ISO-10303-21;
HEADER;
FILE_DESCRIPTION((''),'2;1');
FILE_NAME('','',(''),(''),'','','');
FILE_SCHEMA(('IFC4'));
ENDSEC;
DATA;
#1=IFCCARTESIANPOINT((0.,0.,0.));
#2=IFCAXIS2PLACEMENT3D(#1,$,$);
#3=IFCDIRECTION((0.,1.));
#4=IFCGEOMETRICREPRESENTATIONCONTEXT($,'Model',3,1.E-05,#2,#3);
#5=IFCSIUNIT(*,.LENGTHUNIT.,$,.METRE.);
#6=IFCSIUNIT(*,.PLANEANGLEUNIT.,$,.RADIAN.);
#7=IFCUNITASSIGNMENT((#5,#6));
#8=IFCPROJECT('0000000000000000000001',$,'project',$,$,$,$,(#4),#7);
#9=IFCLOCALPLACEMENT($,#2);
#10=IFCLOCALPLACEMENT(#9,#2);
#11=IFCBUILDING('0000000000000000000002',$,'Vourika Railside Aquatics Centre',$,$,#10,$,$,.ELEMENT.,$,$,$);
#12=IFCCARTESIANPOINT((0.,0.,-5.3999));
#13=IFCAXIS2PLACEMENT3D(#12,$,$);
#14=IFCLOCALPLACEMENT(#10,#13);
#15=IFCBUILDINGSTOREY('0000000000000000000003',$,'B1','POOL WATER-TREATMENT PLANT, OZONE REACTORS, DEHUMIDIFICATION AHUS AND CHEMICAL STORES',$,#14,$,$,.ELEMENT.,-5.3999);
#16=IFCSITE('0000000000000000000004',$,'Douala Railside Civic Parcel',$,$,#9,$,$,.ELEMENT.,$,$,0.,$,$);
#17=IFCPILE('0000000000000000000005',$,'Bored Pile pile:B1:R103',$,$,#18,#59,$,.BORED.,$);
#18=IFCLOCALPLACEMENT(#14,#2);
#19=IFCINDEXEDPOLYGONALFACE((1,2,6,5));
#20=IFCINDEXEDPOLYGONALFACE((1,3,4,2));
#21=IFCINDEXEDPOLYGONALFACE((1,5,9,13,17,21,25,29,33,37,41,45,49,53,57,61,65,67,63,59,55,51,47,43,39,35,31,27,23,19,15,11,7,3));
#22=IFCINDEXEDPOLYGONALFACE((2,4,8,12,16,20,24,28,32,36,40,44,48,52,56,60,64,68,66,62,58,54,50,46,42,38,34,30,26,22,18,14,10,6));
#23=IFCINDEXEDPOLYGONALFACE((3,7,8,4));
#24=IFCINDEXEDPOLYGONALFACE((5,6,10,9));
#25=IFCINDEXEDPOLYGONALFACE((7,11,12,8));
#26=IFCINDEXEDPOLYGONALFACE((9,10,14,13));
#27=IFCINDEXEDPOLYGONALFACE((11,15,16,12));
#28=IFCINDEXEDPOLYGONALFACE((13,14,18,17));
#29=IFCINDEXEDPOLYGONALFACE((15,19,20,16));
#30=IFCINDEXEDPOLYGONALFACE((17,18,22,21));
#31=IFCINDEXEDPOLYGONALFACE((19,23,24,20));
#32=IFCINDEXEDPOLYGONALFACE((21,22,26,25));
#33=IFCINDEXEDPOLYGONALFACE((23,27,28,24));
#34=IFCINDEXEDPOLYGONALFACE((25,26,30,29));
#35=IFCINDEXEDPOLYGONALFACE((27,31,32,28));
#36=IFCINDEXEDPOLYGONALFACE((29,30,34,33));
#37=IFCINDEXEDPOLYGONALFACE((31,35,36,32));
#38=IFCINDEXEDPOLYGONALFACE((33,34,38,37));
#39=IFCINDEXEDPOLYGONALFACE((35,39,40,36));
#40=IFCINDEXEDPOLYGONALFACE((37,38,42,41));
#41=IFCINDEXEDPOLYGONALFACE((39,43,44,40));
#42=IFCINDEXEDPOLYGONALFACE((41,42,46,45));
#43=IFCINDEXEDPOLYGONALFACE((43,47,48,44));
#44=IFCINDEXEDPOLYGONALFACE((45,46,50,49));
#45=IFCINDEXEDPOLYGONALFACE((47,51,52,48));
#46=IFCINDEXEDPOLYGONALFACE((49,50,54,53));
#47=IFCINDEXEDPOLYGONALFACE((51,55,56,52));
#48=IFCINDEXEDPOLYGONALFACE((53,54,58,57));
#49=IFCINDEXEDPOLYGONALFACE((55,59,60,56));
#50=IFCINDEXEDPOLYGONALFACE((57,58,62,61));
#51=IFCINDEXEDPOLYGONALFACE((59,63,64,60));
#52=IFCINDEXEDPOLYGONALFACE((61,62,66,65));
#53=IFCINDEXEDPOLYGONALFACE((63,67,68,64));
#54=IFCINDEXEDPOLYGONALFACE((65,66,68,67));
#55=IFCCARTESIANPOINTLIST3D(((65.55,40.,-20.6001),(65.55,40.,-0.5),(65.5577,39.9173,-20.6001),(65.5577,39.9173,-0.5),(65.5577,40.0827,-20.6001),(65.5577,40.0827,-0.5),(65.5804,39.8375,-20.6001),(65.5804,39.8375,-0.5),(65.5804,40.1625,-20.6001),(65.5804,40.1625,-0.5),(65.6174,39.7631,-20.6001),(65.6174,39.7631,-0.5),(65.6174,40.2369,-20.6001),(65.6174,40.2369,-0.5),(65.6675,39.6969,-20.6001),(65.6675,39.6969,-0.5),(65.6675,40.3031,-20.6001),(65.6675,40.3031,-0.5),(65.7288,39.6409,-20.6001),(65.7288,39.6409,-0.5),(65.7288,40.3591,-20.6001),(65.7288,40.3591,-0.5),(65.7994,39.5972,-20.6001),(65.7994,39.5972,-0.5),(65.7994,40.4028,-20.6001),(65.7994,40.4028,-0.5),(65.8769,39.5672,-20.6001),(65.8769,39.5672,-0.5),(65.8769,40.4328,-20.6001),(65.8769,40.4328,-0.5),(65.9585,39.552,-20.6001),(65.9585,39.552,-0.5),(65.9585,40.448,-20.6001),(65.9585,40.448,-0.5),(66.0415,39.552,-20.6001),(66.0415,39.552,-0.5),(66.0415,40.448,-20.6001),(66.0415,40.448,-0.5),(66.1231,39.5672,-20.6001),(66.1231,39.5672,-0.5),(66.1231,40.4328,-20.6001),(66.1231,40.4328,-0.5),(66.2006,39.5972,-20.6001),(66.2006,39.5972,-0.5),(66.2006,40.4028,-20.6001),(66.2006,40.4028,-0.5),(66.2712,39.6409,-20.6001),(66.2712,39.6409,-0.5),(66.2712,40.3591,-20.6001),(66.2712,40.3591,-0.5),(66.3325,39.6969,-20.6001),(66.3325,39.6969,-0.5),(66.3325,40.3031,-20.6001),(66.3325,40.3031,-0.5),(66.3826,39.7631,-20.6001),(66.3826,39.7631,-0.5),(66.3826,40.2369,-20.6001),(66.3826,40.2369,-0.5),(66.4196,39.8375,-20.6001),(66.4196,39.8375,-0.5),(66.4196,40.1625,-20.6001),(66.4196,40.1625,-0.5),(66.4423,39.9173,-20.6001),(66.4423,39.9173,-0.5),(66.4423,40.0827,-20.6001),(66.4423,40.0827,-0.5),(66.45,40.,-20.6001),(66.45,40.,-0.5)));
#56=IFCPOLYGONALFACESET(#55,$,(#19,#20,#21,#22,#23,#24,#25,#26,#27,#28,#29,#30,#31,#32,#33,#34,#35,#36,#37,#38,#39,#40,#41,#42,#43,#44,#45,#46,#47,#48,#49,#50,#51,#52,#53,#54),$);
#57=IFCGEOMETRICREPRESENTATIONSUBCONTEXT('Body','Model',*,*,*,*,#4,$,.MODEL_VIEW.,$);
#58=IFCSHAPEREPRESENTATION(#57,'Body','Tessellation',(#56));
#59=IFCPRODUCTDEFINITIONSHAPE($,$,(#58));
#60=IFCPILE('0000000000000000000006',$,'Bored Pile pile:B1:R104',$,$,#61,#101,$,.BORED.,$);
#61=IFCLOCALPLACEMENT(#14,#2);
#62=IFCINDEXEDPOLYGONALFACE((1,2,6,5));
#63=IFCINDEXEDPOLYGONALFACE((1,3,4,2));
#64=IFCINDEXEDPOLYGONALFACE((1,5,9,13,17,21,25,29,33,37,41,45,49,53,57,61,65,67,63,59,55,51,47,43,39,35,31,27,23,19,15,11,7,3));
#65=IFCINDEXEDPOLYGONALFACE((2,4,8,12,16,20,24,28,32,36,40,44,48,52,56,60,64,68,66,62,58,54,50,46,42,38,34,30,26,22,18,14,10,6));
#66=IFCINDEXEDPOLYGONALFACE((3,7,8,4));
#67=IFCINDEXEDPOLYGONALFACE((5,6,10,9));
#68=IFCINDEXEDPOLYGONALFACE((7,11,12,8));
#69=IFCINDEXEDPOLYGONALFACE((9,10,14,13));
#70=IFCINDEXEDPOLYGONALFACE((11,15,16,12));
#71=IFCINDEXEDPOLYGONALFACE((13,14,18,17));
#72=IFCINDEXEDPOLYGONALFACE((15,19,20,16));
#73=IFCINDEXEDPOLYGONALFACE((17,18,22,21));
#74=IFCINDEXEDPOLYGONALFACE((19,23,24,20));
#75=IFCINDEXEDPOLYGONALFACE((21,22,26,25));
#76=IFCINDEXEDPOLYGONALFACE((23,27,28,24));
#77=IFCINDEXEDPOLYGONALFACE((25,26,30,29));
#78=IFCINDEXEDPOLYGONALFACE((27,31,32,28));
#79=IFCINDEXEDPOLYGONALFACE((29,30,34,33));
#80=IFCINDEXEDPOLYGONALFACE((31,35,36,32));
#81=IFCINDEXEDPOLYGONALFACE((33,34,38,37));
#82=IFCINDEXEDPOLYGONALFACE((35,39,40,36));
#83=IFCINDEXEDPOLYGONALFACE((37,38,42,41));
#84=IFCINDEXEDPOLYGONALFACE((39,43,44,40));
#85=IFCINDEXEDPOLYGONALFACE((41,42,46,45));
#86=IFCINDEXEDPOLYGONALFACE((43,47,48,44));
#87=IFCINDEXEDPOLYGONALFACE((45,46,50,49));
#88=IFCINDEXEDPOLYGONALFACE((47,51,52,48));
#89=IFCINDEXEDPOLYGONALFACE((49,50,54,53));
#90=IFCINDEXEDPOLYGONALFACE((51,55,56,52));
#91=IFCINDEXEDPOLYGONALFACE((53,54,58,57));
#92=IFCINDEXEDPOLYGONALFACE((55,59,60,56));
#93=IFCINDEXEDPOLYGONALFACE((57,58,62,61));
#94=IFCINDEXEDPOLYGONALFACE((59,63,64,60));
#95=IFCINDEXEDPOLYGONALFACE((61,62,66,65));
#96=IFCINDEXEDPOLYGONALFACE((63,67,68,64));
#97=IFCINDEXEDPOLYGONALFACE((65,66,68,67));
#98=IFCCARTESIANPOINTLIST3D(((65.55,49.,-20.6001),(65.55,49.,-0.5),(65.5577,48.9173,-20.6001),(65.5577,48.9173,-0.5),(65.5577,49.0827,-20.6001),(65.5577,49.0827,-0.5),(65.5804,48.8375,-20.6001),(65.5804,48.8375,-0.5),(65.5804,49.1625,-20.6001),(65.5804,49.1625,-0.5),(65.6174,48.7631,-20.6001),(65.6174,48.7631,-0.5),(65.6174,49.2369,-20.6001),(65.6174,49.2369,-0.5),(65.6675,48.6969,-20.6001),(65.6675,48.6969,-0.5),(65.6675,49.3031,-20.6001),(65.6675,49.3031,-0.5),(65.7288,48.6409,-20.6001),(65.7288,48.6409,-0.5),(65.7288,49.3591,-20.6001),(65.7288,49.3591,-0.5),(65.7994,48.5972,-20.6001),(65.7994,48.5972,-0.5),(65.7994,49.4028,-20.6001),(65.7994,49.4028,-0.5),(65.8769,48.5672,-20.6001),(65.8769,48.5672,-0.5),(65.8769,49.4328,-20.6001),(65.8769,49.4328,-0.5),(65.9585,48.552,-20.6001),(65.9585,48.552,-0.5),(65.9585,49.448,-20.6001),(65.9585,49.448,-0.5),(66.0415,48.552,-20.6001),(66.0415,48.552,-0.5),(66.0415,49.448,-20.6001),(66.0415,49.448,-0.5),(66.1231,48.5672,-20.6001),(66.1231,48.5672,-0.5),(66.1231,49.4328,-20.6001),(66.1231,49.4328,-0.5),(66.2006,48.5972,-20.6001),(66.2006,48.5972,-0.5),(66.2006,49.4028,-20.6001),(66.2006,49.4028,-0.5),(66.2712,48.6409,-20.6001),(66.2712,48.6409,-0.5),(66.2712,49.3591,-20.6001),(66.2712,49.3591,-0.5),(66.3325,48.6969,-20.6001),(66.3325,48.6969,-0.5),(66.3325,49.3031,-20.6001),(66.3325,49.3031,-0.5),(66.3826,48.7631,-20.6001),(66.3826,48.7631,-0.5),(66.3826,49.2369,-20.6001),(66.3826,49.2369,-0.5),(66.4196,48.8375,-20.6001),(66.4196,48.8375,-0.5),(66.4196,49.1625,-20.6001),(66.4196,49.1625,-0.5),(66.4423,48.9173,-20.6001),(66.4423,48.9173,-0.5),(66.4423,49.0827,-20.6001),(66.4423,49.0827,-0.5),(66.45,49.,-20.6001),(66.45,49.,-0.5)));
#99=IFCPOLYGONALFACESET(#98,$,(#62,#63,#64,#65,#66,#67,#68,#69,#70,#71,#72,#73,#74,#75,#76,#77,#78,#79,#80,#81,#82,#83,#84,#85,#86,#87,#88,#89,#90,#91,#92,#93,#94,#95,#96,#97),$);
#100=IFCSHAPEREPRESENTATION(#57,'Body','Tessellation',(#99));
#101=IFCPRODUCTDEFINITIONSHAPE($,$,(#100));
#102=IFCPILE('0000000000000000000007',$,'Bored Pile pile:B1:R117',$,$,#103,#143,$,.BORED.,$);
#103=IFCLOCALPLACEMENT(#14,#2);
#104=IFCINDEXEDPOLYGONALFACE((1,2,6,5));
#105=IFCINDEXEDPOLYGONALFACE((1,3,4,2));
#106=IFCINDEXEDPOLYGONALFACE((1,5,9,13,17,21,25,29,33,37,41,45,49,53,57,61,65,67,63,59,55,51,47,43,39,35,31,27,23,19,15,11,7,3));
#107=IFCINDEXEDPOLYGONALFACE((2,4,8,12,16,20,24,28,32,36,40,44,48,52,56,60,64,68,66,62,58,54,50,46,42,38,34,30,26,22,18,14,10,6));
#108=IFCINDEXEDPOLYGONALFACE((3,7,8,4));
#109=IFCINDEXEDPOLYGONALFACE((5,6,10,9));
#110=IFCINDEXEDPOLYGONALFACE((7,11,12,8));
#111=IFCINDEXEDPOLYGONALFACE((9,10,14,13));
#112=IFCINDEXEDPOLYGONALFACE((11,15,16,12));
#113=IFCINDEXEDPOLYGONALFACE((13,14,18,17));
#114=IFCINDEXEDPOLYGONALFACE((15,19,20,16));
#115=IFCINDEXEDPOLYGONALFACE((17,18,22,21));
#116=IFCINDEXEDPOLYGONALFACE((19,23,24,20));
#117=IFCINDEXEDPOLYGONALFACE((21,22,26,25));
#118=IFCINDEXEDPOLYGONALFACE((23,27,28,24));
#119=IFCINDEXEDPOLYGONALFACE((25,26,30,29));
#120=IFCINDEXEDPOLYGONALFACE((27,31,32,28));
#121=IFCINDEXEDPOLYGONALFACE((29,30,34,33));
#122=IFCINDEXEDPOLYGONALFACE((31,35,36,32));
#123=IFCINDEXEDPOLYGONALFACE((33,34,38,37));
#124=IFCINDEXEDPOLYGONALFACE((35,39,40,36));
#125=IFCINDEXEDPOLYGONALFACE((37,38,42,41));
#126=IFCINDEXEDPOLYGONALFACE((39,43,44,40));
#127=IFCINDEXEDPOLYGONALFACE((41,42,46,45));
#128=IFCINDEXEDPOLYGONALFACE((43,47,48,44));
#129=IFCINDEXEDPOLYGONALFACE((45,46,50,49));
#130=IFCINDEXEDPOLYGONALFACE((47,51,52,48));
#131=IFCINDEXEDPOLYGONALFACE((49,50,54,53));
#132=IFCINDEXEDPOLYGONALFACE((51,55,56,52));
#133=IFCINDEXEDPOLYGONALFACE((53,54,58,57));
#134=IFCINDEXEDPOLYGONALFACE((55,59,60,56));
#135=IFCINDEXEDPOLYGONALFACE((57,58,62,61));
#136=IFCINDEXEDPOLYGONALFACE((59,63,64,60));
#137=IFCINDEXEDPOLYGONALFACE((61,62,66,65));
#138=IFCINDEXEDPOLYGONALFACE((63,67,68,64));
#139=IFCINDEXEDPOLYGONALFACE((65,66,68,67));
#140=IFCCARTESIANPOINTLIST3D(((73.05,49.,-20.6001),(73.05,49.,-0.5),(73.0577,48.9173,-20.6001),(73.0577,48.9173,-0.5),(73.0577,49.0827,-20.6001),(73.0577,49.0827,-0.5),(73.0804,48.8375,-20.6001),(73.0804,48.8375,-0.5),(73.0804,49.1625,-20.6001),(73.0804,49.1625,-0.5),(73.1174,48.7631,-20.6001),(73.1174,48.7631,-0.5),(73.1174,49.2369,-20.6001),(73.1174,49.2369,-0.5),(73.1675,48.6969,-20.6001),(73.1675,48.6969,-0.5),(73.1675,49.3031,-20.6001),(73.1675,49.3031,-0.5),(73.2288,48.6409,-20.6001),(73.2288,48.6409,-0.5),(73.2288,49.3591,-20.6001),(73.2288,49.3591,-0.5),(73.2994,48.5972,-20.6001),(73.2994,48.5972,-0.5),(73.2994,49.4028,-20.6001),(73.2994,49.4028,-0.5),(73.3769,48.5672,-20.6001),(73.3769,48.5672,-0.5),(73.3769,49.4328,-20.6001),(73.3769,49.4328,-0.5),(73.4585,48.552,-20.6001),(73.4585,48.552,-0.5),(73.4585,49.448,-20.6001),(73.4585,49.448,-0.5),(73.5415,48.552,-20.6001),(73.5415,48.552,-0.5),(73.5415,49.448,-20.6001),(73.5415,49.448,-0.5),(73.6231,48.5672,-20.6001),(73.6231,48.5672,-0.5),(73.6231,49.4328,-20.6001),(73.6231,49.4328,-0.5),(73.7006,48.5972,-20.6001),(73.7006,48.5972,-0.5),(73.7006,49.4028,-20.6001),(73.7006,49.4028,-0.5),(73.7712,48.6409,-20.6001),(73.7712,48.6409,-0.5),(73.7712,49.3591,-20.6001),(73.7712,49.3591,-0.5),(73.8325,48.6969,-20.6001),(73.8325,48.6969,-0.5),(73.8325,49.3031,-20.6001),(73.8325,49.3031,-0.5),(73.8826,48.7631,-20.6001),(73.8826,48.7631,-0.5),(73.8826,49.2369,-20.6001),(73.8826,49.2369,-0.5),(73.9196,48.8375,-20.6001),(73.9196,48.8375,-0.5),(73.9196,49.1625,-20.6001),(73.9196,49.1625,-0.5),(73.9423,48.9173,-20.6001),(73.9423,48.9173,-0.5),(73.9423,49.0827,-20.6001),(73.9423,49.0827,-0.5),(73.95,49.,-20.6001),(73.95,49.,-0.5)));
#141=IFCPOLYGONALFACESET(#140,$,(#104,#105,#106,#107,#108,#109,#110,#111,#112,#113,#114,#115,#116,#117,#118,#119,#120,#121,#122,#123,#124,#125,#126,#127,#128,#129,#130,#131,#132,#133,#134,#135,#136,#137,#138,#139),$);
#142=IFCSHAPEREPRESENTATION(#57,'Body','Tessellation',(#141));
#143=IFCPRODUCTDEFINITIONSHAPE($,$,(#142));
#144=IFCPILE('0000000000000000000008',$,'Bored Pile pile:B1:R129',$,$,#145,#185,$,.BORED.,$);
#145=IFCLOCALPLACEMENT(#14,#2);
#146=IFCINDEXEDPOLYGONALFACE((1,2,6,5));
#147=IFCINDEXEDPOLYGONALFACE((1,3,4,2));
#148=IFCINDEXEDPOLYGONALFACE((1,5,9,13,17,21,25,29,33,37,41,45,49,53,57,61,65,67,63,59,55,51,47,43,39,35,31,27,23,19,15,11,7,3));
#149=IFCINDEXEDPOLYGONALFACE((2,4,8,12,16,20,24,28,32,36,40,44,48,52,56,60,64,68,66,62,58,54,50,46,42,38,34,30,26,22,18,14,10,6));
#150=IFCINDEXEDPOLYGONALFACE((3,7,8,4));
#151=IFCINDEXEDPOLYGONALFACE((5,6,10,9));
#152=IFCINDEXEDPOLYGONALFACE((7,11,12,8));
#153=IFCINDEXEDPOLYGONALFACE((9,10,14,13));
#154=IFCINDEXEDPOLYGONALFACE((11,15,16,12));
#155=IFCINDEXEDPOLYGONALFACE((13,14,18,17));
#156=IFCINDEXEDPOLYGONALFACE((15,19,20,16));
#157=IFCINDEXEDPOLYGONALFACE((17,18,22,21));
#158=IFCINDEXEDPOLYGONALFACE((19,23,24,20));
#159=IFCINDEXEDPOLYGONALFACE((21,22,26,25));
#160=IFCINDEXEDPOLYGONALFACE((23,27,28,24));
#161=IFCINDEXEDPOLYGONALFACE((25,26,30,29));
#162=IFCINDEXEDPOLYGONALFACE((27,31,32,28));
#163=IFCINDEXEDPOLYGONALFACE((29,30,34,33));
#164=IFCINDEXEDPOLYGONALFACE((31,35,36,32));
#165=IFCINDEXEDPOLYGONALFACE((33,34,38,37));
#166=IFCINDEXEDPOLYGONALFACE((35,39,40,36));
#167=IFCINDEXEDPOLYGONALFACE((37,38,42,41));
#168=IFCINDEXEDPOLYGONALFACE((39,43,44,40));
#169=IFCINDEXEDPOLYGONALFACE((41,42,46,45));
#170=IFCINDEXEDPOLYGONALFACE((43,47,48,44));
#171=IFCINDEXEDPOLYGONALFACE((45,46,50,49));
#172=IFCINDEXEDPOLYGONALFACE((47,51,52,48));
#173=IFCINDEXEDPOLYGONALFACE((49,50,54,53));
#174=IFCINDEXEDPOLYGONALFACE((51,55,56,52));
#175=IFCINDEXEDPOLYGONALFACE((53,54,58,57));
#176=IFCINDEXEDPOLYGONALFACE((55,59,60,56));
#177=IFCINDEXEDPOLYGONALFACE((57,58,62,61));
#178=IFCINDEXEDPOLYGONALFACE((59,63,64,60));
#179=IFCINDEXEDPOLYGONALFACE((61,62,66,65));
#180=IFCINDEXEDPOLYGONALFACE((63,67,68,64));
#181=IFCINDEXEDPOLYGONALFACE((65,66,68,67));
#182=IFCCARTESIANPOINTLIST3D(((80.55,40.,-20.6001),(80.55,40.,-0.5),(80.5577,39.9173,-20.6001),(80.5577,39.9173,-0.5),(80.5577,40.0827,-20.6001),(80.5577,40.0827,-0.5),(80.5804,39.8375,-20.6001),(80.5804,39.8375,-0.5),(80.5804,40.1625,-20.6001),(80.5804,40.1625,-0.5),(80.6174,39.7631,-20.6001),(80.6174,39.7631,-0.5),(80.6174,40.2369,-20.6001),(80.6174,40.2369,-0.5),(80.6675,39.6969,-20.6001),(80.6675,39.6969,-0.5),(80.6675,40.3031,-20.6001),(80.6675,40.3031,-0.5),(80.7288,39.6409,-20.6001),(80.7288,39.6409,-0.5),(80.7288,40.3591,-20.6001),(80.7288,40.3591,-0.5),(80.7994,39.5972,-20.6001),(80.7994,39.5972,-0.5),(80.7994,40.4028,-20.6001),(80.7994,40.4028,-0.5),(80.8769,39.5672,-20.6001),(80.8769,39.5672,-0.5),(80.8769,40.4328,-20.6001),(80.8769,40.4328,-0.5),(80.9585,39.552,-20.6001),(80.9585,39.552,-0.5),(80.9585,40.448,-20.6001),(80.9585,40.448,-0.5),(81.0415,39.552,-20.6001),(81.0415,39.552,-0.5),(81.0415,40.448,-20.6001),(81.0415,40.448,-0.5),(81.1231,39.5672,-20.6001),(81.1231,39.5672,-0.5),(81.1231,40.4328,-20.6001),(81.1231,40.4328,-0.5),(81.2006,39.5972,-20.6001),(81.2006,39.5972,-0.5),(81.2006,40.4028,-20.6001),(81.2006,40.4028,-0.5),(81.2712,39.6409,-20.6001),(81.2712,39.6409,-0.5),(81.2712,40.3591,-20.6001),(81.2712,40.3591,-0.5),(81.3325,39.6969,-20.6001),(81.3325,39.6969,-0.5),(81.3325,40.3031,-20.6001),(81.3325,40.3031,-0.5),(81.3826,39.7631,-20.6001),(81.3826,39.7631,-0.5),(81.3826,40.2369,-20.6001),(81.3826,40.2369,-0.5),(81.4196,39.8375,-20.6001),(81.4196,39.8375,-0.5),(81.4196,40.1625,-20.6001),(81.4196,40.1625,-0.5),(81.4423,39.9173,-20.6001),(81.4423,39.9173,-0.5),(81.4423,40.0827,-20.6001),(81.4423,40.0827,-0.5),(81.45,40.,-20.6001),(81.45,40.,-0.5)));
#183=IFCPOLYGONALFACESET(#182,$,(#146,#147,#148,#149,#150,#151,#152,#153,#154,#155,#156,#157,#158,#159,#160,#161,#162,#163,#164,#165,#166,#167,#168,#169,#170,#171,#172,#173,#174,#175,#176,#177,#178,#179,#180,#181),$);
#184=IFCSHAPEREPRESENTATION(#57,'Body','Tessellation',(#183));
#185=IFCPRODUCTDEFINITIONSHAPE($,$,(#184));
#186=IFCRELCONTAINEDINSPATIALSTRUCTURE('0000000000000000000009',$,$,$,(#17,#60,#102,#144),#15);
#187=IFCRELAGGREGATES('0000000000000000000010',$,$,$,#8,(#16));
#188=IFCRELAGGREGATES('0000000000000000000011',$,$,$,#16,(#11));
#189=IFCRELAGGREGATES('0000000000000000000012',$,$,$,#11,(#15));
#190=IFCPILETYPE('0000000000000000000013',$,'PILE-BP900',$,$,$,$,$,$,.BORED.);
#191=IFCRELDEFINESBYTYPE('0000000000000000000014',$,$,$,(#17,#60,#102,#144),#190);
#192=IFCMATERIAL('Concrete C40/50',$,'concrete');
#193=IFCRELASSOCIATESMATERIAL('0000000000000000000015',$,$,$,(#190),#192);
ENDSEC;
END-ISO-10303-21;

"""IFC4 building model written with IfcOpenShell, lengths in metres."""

from ifc_helpers import new_model, si_unit, direction, frame, origin, origin_2d, place, context, subcontext, project, spatial, circle, extrude, material, material_profile, profile_set, type_object, element, save


model = new_model("IFC4")

# Units and contexts
model_context = context("Model", 3, precision=1e-05, world=origin(), true_north=direction((0.0, 1.0)))
body_context = subcontext(model_context, "Body", "Model", "MODEL_VIEW")
ifc_project = project(units=[si_unit("LENGTHUNIT", "METRE"), si_unit("PLANEANGLEUNIT", "RADIAN")], contexts=[model_context])

# Site, building, storey
site_placement = place(None, origin())
site = spatial("IfcSite", under=ifc_project, at=site_placement, Name="Douala Railside Civic Parcel", CompositionType="ELEMENT", RefElevation=0.0)
building_placement = place(site_placement, origin())
building = spatial("IfcBuilding", under=site, at=building_placement, Name="Vourika Railside Aquatics Centre", CompositionType="ELEMENT")
storey_placement = place(building_placement, frame((0.0, 0.0, -5.3999)))
storey = spatial("IfcBuildingStorey", under=building, at=storey_placement, Name="B1", Description="POOL WATER-TREATMENT PLANT, OZONE REACTORS, DEHUMIDIFICATION AHUS AND CHEMICAL STORES", CompositionType="ELEMENT", Elevation=-5.3999)

# Piles
ifc_material_1 = material(Name="Concrete C40/50", Category="concrete")
ifc_material_profile_1 = material_profile(ifc_material_1, circle(Radius=0.45, at=origin_2d()), Name="BP 900")
ifc_profile_set_1 = profile_set([ifc_material_profile_1], Name="Concrete C40/50")
pile_type_1 = type_object("IfcPileType", Name="PILE-BP900", PredefinedType="BORED", material=ifc_profile_set_1)
for number, where, z_axis, x_axis, name in (
    (1, (66.0, 40.0, -0.5), (0.0, 0.0, -1.0), (1.0, 0.0, 0.0), "Bored Pile pile:B1:R103"),
    (2, (66.0, 49.0, -0.5), (0.0, 0.0, -1.0), (1.0, 0.0, 0.0), "Bored Pile pile:B1:R104"),
    (3, (73.5, 49.0, -0.5), (0.0, 0.0, -1.0), (1.0, 0.0, 0.0), "Bored Pile pile:B1:R117"),
    (4, (81.0, 40.0, -0.5), (0.0, 0.0, -1.0), (1.0, 0.0, 0.0), "Bored Pile pile:B1:R129"),
):
    element("IfcPile", number, at=place(storey_placement, frame(where, z_axis=z_axis, x_axis=x_axis)), inside=storey, type_object=pile_type_1, Name=name, PredefinedType="BORED", context=body_context, shape_type="SweptSolid", body=[
        extrude(circle(Radius=0.45, at=origin_2d()), origin(), (0.0, 0.0, 1.0), 20.1001),
    ])

save(model, "model.ifc")
